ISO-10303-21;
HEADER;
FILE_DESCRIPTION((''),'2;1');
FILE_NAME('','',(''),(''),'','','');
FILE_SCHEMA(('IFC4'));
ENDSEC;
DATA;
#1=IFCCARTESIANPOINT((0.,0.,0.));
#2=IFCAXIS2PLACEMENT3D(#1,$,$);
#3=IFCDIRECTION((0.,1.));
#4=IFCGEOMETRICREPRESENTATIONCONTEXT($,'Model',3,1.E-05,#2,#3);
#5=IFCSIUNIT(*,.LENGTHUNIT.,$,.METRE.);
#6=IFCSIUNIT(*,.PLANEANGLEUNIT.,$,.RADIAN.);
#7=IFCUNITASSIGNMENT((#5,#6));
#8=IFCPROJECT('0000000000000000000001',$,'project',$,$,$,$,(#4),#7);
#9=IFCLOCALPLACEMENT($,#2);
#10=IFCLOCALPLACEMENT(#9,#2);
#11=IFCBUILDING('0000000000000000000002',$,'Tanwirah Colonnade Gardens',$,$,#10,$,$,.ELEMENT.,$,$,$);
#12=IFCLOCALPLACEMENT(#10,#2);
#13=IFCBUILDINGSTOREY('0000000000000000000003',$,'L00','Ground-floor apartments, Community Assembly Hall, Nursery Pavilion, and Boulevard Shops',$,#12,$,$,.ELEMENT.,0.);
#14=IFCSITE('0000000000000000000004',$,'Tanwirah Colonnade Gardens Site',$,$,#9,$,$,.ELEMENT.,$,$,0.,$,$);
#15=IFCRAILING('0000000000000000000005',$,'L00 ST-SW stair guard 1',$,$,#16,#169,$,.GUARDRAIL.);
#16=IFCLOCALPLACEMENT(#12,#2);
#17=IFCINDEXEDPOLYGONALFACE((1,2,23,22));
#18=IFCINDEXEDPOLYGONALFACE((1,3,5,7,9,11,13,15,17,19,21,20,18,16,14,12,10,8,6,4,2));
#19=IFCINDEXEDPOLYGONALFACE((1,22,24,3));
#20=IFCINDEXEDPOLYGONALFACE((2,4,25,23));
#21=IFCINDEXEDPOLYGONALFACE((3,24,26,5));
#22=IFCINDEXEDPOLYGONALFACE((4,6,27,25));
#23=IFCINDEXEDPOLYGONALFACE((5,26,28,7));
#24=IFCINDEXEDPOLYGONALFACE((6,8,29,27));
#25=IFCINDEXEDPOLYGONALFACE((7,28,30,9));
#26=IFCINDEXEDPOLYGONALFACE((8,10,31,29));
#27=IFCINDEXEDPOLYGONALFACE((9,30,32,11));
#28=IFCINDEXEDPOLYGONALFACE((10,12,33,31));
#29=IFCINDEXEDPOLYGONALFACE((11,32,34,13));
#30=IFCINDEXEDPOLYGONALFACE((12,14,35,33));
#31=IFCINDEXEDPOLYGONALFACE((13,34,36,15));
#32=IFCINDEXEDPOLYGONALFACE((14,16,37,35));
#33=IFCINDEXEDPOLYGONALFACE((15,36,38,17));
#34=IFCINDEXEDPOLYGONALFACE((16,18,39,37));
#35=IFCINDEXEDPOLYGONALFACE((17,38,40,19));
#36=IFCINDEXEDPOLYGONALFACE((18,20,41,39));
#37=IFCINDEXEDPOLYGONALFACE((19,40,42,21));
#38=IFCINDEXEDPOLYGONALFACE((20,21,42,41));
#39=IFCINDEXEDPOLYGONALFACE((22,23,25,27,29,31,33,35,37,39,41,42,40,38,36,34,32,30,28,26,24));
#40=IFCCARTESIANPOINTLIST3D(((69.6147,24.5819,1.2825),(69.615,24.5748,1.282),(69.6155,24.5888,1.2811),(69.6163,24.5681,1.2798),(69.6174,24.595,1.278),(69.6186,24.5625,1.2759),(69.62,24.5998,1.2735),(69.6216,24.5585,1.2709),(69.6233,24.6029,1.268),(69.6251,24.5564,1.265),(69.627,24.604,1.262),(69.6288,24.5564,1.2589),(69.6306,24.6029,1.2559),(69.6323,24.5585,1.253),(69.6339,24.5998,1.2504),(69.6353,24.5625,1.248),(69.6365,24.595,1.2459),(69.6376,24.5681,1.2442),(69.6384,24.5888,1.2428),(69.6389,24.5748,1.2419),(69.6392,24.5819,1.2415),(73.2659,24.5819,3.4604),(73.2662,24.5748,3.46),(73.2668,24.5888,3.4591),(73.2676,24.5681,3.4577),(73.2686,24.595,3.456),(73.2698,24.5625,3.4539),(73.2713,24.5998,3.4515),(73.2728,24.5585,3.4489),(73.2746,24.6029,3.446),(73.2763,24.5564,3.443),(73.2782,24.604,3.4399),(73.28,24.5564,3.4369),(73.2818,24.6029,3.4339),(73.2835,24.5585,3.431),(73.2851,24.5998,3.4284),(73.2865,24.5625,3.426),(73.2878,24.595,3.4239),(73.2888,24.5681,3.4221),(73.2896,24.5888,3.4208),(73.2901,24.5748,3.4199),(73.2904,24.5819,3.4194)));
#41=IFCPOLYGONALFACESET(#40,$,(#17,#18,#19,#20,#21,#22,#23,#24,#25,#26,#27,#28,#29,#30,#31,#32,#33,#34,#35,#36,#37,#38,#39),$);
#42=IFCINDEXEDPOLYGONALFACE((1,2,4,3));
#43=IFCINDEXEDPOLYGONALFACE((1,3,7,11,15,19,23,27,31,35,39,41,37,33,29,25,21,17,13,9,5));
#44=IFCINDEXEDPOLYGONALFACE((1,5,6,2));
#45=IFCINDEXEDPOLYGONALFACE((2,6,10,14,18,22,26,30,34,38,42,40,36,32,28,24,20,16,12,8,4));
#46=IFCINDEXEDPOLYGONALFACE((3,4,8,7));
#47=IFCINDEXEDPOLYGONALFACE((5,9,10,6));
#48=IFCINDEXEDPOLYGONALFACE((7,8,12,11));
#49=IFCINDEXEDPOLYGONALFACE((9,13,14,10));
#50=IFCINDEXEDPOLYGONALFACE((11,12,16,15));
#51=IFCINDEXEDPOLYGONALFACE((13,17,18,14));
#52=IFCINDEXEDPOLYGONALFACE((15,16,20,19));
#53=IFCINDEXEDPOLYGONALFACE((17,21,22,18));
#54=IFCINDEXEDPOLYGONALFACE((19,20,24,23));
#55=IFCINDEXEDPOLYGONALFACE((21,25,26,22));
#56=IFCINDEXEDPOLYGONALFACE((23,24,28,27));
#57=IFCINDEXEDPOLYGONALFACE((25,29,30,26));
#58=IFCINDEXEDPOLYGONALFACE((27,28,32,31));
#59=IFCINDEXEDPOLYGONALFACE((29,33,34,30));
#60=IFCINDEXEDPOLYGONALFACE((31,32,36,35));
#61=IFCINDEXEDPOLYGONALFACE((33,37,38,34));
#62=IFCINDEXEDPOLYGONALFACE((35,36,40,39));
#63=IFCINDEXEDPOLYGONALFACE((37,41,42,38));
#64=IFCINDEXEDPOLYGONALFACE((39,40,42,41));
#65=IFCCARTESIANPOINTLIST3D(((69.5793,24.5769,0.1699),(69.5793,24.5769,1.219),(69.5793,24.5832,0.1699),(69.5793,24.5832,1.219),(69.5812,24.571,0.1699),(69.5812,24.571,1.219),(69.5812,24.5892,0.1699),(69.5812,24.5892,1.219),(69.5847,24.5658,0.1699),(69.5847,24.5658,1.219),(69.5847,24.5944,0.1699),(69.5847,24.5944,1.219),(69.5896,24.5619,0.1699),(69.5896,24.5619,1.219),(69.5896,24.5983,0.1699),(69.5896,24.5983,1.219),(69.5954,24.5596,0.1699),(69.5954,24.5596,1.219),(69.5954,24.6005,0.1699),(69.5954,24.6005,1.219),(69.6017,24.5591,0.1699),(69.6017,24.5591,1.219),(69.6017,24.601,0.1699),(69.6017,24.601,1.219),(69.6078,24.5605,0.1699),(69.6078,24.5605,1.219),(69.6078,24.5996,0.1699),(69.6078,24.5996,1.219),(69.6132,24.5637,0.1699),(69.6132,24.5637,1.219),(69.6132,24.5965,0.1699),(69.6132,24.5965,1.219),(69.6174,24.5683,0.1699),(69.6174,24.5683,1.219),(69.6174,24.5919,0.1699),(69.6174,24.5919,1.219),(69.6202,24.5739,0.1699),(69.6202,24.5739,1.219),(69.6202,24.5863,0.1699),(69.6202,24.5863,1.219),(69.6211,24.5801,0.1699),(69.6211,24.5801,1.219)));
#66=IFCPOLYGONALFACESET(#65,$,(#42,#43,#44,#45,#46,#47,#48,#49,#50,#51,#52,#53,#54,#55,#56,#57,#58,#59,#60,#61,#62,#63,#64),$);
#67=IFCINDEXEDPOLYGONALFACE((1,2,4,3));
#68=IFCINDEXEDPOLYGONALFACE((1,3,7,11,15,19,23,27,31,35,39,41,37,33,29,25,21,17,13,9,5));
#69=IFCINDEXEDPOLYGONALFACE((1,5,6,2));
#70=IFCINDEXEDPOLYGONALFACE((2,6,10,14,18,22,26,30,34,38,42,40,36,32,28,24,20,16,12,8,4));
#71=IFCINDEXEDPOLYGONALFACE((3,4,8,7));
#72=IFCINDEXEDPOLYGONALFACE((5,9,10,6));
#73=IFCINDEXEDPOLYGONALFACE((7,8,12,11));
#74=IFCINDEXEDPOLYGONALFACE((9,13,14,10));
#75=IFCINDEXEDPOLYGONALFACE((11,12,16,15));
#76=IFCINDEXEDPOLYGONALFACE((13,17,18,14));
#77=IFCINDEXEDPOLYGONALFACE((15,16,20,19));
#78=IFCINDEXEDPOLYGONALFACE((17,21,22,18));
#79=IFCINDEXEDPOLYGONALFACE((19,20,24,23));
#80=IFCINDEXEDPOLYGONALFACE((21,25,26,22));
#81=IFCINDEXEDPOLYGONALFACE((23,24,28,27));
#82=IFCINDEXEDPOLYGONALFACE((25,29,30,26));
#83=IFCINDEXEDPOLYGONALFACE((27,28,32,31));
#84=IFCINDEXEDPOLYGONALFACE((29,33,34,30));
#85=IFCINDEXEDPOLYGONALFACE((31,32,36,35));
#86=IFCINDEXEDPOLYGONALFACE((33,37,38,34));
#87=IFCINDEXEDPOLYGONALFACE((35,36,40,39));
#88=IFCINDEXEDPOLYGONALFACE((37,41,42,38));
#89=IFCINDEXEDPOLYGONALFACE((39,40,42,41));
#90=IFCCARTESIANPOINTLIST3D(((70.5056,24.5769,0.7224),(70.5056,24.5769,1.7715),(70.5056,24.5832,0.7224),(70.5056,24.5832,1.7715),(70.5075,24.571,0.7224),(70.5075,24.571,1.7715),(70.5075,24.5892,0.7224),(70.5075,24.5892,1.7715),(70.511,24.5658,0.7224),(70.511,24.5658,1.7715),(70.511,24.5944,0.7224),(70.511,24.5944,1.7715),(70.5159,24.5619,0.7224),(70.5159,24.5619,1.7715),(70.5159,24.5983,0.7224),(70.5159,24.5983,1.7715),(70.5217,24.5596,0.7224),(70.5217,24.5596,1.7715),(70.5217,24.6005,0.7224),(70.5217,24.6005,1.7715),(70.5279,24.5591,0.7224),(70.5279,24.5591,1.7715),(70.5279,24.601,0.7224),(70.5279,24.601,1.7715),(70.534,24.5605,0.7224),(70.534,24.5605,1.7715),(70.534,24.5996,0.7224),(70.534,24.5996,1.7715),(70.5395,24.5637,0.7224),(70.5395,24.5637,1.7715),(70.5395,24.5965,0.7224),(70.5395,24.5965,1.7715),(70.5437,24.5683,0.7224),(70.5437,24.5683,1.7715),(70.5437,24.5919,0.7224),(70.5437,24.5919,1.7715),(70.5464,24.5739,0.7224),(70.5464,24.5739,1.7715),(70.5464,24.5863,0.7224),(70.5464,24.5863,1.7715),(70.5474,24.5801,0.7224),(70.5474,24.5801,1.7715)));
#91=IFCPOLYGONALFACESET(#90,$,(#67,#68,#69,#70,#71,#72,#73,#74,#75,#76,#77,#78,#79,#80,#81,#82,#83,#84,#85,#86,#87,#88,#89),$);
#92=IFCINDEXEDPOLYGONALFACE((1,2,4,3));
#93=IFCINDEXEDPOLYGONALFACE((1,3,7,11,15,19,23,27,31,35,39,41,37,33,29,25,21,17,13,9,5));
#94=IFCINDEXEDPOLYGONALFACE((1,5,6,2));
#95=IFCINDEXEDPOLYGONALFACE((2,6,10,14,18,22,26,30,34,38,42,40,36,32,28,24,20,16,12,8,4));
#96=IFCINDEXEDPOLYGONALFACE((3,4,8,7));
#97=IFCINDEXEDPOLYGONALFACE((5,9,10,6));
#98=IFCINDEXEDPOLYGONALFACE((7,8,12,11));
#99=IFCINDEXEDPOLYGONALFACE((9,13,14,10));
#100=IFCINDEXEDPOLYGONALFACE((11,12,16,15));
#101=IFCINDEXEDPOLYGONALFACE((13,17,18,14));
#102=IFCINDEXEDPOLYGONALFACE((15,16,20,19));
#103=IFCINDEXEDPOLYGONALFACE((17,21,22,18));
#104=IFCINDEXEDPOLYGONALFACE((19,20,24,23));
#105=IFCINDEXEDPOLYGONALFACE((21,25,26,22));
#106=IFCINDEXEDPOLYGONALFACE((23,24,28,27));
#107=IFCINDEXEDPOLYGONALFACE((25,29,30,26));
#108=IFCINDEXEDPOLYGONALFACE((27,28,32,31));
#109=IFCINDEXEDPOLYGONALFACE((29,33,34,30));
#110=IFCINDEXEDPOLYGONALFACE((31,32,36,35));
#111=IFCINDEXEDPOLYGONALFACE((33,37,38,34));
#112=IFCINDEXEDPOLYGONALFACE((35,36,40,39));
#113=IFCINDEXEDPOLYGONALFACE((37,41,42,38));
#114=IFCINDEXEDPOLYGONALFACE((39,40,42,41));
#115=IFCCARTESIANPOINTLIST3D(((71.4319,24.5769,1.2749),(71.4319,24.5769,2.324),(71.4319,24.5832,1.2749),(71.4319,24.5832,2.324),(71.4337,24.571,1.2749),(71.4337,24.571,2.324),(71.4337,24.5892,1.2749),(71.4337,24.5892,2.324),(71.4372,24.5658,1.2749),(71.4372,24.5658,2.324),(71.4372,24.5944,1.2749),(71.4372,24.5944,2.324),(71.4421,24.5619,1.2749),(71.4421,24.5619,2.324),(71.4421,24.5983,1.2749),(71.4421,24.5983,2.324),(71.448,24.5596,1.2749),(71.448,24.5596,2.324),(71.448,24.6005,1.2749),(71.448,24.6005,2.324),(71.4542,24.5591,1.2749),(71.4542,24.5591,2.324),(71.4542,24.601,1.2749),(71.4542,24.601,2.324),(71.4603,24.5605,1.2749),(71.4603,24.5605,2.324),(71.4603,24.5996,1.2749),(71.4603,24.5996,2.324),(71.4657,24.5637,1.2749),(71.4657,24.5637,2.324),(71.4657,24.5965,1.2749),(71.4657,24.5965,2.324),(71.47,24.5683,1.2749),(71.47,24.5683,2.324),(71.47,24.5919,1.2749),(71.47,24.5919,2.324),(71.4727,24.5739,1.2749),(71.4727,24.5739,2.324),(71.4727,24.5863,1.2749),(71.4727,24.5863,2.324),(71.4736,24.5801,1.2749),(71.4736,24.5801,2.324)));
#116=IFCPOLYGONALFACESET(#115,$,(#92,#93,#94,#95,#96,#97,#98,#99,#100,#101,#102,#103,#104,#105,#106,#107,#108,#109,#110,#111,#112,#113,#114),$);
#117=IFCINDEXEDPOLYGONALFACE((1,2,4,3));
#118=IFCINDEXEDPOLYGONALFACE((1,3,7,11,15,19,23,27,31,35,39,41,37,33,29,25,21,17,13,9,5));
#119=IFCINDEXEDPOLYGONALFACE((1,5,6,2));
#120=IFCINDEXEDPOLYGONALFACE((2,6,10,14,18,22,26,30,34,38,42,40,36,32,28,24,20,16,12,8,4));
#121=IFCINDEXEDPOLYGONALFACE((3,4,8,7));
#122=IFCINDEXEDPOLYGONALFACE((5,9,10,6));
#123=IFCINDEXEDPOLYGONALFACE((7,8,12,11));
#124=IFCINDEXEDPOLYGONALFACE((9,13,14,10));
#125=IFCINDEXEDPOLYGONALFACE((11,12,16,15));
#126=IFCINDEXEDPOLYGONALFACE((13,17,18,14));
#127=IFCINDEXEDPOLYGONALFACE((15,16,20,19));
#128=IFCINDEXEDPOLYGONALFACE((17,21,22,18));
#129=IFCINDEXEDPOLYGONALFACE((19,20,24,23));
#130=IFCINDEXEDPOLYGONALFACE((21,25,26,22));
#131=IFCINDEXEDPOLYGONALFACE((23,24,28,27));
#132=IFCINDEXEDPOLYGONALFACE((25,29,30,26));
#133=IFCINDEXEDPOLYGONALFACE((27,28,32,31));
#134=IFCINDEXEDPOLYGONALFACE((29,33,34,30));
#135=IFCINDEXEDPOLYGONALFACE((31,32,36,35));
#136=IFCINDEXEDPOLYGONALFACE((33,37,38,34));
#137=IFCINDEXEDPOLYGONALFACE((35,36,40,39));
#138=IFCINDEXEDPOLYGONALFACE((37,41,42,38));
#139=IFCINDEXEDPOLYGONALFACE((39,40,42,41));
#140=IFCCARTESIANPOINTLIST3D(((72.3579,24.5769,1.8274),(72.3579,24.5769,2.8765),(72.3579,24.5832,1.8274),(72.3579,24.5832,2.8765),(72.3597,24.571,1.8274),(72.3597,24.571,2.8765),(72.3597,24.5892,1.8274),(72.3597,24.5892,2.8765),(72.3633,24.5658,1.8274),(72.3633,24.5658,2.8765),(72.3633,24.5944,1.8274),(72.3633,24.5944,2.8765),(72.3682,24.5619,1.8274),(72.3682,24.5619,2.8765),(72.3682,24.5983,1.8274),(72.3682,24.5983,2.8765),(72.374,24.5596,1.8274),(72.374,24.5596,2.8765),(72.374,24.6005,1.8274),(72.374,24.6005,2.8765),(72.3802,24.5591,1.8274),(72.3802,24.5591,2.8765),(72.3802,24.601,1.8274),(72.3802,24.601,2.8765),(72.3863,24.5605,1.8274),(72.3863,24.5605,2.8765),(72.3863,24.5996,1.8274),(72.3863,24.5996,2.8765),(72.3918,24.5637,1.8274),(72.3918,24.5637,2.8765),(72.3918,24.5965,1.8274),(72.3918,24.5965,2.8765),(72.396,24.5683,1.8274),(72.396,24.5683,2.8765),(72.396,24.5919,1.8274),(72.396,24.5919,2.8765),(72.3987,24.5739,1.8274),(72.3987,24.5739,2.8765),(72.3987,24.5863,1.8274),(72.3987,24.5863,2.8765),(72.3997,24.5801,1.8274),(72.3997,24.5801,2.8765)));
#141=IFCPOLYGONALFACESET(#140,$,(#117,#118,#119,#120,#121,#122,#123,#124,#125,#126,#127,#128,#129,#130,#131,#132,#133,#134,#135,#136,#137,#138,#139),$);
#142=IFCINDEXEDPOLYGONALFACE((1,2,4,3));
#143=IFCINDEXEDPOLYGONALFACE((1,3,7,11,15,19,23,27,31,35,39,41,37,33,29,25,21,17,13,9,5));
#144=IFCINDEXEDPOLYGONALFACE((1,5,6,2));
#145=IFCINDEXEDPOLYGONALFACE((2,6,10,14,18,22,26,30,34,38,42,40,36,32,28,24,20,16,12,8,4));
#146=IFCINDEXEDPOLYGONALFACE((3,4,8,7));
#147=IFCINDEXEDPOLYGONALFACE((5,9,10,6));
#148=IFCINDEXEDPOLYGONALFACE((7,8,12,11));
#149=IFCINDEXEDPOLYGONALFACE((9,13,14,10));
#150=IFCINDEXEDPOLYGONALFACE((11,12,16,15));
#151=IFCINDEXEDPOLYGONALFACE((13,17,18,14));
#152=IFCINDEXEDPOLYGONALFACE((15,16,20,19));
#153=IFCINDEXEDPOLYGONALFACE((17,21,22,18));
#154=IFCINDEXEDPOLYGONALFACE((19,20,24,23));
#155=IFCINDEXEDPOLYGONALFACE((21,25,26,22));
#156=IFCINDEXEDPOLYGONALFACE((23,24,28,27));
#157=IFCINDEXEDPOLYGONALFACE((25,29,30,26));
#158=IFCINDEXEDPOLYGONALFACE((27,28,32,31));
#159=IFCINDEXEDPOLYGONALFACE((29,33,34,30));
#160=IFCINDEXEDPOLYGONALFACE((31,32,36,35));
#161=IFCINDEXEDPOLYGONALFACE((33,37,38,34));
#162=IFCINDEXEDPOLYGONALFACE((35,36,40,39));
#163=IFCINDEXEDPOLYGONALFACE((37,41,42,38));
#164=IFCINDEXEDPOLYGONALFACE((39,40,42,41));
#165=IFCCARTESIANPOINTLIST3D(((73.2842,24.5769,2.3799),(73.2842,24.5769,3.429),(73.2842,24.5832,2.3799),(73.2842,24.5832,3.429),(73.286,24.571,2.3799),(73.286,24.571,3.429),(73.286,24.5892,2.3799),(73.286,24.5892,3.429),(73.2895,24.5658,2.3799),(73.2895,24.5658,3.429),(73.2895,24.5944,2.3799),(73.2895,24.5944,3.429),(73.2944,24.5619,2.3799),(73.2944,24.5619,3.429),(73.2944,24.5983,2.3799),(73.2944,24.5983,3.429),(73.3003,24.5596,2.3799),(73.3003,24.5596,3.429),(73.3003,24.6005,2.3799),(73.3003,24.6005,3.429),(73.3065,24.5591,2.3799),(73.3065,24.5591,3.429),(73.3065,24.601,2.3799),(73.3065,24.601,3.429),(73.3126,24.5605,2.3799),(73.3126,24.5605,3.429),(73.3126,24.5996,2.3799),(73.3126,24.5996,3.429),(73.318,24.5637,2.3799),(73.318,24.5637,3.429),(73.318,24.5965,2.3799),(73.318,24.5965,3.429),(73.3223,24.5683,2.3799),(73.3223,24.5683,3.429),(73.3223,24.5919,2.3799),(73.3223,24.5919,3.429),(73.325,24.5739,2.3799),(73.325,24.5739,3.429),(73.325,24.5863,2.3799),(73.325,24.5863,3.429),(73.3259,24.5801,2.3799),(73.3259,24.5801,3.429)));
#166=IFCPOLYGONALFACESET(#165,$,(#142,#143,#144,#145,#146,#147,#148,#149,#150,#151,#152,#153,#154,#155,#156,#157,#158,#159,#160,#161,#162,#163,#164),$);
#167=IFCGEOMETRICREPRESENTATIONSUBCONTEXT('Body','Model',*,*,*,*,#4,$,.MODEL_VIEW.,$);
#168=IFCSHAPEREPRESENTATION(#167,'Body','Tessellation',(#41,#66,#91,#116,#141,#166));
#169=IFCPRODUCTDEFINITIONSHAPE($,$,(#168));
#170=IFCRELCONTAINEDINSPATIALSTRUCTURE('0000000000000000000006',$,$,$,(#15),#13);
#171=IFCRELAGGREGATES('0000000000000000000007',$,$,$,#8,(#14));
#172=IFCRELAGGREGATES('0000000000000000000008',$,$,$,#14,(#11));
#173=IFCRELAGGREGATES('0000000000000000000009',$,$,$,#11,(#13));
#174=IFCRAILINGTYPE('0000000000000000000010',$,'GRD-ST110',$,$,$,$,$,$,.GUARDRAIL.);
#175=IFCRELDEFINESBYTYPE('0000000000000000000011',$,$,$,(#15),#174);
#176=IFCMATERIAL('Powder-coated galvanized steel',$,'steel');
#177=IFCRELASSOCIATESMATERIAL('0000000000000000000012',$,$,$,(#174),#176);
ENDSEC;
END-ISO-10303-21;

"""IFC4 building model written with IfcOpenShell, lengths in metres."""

from ifc_helpers import new_model, si_unit, direction, frame, origin, origin_2d, place, context, subcontext, project, spatial, circle, extrude, material, type_object, element, save


model = new_model("IFC4")

# Units and contexts
model_context = context("Model", 3, precision=1e-05, world=origin(), true_north=direction((0.0, 1.0)))
body_context = subcontext(model_context, "Body", "Model", "MODEL_VIEW")
ifc_project = project(units=[si_unit("LENGTHUNIT", "METRE"), si_unit("PLANEANGLEUNIT", "RADIAN")], contexts=[model_context])

# Site, building, storey
site_placement = place(None, origin())
site = spatial("IfcSite", under=ifc_project, at=site_placement, Name="Tanwirah Colonnade Gardens Site", CompositionType="ELEMENT", RefElevation=0.0)
building_placement = place(site_placement, origin())
building = spatial("IfcBuilding", under=site, at=building_placement, Name="Tanwirah Colonnade Gardens", CompositionType="ELEMENT")
storey_placement = place(building_placement, origin())
storey = spatial("IfcBuildingStorey", under=building, at=storey_placement, Name="L00", Description="Ground-floor apartments, Community Assembly Hall, Nursery Pavilion, and Boulevard Shops", CompositionType="ELEMENT", Elevation=0.0)

# Railing
ifc_material_1 = material(Name="Powder-coated galvanized steel", Category="steel")
railing_type_1 = type_object("IfcRailingType", Name="GRD-ST110", PredefinedType="GUARDRAIL", material=ifc_material_1)
railing_1_placement = place(storey_placement, frame((69.6001, 24.5801, 0.1699)))
element("IfcRailing", 1, at=railing_1_placement, inside=storey, type_object=railing_type_1, Name="L00 ST-SW stair guard 1", PredefinedType="GUARDRAIL", context=body_context, shape_type="SweptSolid", body=[
    extrude(circle(Radius=0.0239, at=origin_2d()), frame((0.0269, 0.0, 1.092), z_axis=(0.858813, 0.0, 0.512289), x_axis=(0.0, 1.0, 0.0)), (0.0, 0.0, 1.0), 4.2515),
    extrude(circle(Radius=0.021, at=origin_2d()), origin(), (0.0, 0.0, 1.0), 1.0491),
    extrude(circle(Radius=0.021, at=origin_2d()), frame((0.9263, 0.0, 0.5525)), (0.0, 0.0, 1.0), 1.0491),
    extrude(circle(Radius=0.021, at=origin_2d()), frame((1.8525, 0.0, 1.105)), (0.0, 0.0, 1.0), 1.0491),
    extrude(circle(Radius=0.021, at=origin_2d()), frame((2.7786, 0.0, 1.6575)), (0.0, 0.0, 1.0), 1.0491),
    extrude(circle(Radius=0.021, at=origin_2d()), frame((3.7048, 0.0, 2.21)), (0.0, 0.0, 1.0), 1.0491),
])

save(model, "model.ifc")
